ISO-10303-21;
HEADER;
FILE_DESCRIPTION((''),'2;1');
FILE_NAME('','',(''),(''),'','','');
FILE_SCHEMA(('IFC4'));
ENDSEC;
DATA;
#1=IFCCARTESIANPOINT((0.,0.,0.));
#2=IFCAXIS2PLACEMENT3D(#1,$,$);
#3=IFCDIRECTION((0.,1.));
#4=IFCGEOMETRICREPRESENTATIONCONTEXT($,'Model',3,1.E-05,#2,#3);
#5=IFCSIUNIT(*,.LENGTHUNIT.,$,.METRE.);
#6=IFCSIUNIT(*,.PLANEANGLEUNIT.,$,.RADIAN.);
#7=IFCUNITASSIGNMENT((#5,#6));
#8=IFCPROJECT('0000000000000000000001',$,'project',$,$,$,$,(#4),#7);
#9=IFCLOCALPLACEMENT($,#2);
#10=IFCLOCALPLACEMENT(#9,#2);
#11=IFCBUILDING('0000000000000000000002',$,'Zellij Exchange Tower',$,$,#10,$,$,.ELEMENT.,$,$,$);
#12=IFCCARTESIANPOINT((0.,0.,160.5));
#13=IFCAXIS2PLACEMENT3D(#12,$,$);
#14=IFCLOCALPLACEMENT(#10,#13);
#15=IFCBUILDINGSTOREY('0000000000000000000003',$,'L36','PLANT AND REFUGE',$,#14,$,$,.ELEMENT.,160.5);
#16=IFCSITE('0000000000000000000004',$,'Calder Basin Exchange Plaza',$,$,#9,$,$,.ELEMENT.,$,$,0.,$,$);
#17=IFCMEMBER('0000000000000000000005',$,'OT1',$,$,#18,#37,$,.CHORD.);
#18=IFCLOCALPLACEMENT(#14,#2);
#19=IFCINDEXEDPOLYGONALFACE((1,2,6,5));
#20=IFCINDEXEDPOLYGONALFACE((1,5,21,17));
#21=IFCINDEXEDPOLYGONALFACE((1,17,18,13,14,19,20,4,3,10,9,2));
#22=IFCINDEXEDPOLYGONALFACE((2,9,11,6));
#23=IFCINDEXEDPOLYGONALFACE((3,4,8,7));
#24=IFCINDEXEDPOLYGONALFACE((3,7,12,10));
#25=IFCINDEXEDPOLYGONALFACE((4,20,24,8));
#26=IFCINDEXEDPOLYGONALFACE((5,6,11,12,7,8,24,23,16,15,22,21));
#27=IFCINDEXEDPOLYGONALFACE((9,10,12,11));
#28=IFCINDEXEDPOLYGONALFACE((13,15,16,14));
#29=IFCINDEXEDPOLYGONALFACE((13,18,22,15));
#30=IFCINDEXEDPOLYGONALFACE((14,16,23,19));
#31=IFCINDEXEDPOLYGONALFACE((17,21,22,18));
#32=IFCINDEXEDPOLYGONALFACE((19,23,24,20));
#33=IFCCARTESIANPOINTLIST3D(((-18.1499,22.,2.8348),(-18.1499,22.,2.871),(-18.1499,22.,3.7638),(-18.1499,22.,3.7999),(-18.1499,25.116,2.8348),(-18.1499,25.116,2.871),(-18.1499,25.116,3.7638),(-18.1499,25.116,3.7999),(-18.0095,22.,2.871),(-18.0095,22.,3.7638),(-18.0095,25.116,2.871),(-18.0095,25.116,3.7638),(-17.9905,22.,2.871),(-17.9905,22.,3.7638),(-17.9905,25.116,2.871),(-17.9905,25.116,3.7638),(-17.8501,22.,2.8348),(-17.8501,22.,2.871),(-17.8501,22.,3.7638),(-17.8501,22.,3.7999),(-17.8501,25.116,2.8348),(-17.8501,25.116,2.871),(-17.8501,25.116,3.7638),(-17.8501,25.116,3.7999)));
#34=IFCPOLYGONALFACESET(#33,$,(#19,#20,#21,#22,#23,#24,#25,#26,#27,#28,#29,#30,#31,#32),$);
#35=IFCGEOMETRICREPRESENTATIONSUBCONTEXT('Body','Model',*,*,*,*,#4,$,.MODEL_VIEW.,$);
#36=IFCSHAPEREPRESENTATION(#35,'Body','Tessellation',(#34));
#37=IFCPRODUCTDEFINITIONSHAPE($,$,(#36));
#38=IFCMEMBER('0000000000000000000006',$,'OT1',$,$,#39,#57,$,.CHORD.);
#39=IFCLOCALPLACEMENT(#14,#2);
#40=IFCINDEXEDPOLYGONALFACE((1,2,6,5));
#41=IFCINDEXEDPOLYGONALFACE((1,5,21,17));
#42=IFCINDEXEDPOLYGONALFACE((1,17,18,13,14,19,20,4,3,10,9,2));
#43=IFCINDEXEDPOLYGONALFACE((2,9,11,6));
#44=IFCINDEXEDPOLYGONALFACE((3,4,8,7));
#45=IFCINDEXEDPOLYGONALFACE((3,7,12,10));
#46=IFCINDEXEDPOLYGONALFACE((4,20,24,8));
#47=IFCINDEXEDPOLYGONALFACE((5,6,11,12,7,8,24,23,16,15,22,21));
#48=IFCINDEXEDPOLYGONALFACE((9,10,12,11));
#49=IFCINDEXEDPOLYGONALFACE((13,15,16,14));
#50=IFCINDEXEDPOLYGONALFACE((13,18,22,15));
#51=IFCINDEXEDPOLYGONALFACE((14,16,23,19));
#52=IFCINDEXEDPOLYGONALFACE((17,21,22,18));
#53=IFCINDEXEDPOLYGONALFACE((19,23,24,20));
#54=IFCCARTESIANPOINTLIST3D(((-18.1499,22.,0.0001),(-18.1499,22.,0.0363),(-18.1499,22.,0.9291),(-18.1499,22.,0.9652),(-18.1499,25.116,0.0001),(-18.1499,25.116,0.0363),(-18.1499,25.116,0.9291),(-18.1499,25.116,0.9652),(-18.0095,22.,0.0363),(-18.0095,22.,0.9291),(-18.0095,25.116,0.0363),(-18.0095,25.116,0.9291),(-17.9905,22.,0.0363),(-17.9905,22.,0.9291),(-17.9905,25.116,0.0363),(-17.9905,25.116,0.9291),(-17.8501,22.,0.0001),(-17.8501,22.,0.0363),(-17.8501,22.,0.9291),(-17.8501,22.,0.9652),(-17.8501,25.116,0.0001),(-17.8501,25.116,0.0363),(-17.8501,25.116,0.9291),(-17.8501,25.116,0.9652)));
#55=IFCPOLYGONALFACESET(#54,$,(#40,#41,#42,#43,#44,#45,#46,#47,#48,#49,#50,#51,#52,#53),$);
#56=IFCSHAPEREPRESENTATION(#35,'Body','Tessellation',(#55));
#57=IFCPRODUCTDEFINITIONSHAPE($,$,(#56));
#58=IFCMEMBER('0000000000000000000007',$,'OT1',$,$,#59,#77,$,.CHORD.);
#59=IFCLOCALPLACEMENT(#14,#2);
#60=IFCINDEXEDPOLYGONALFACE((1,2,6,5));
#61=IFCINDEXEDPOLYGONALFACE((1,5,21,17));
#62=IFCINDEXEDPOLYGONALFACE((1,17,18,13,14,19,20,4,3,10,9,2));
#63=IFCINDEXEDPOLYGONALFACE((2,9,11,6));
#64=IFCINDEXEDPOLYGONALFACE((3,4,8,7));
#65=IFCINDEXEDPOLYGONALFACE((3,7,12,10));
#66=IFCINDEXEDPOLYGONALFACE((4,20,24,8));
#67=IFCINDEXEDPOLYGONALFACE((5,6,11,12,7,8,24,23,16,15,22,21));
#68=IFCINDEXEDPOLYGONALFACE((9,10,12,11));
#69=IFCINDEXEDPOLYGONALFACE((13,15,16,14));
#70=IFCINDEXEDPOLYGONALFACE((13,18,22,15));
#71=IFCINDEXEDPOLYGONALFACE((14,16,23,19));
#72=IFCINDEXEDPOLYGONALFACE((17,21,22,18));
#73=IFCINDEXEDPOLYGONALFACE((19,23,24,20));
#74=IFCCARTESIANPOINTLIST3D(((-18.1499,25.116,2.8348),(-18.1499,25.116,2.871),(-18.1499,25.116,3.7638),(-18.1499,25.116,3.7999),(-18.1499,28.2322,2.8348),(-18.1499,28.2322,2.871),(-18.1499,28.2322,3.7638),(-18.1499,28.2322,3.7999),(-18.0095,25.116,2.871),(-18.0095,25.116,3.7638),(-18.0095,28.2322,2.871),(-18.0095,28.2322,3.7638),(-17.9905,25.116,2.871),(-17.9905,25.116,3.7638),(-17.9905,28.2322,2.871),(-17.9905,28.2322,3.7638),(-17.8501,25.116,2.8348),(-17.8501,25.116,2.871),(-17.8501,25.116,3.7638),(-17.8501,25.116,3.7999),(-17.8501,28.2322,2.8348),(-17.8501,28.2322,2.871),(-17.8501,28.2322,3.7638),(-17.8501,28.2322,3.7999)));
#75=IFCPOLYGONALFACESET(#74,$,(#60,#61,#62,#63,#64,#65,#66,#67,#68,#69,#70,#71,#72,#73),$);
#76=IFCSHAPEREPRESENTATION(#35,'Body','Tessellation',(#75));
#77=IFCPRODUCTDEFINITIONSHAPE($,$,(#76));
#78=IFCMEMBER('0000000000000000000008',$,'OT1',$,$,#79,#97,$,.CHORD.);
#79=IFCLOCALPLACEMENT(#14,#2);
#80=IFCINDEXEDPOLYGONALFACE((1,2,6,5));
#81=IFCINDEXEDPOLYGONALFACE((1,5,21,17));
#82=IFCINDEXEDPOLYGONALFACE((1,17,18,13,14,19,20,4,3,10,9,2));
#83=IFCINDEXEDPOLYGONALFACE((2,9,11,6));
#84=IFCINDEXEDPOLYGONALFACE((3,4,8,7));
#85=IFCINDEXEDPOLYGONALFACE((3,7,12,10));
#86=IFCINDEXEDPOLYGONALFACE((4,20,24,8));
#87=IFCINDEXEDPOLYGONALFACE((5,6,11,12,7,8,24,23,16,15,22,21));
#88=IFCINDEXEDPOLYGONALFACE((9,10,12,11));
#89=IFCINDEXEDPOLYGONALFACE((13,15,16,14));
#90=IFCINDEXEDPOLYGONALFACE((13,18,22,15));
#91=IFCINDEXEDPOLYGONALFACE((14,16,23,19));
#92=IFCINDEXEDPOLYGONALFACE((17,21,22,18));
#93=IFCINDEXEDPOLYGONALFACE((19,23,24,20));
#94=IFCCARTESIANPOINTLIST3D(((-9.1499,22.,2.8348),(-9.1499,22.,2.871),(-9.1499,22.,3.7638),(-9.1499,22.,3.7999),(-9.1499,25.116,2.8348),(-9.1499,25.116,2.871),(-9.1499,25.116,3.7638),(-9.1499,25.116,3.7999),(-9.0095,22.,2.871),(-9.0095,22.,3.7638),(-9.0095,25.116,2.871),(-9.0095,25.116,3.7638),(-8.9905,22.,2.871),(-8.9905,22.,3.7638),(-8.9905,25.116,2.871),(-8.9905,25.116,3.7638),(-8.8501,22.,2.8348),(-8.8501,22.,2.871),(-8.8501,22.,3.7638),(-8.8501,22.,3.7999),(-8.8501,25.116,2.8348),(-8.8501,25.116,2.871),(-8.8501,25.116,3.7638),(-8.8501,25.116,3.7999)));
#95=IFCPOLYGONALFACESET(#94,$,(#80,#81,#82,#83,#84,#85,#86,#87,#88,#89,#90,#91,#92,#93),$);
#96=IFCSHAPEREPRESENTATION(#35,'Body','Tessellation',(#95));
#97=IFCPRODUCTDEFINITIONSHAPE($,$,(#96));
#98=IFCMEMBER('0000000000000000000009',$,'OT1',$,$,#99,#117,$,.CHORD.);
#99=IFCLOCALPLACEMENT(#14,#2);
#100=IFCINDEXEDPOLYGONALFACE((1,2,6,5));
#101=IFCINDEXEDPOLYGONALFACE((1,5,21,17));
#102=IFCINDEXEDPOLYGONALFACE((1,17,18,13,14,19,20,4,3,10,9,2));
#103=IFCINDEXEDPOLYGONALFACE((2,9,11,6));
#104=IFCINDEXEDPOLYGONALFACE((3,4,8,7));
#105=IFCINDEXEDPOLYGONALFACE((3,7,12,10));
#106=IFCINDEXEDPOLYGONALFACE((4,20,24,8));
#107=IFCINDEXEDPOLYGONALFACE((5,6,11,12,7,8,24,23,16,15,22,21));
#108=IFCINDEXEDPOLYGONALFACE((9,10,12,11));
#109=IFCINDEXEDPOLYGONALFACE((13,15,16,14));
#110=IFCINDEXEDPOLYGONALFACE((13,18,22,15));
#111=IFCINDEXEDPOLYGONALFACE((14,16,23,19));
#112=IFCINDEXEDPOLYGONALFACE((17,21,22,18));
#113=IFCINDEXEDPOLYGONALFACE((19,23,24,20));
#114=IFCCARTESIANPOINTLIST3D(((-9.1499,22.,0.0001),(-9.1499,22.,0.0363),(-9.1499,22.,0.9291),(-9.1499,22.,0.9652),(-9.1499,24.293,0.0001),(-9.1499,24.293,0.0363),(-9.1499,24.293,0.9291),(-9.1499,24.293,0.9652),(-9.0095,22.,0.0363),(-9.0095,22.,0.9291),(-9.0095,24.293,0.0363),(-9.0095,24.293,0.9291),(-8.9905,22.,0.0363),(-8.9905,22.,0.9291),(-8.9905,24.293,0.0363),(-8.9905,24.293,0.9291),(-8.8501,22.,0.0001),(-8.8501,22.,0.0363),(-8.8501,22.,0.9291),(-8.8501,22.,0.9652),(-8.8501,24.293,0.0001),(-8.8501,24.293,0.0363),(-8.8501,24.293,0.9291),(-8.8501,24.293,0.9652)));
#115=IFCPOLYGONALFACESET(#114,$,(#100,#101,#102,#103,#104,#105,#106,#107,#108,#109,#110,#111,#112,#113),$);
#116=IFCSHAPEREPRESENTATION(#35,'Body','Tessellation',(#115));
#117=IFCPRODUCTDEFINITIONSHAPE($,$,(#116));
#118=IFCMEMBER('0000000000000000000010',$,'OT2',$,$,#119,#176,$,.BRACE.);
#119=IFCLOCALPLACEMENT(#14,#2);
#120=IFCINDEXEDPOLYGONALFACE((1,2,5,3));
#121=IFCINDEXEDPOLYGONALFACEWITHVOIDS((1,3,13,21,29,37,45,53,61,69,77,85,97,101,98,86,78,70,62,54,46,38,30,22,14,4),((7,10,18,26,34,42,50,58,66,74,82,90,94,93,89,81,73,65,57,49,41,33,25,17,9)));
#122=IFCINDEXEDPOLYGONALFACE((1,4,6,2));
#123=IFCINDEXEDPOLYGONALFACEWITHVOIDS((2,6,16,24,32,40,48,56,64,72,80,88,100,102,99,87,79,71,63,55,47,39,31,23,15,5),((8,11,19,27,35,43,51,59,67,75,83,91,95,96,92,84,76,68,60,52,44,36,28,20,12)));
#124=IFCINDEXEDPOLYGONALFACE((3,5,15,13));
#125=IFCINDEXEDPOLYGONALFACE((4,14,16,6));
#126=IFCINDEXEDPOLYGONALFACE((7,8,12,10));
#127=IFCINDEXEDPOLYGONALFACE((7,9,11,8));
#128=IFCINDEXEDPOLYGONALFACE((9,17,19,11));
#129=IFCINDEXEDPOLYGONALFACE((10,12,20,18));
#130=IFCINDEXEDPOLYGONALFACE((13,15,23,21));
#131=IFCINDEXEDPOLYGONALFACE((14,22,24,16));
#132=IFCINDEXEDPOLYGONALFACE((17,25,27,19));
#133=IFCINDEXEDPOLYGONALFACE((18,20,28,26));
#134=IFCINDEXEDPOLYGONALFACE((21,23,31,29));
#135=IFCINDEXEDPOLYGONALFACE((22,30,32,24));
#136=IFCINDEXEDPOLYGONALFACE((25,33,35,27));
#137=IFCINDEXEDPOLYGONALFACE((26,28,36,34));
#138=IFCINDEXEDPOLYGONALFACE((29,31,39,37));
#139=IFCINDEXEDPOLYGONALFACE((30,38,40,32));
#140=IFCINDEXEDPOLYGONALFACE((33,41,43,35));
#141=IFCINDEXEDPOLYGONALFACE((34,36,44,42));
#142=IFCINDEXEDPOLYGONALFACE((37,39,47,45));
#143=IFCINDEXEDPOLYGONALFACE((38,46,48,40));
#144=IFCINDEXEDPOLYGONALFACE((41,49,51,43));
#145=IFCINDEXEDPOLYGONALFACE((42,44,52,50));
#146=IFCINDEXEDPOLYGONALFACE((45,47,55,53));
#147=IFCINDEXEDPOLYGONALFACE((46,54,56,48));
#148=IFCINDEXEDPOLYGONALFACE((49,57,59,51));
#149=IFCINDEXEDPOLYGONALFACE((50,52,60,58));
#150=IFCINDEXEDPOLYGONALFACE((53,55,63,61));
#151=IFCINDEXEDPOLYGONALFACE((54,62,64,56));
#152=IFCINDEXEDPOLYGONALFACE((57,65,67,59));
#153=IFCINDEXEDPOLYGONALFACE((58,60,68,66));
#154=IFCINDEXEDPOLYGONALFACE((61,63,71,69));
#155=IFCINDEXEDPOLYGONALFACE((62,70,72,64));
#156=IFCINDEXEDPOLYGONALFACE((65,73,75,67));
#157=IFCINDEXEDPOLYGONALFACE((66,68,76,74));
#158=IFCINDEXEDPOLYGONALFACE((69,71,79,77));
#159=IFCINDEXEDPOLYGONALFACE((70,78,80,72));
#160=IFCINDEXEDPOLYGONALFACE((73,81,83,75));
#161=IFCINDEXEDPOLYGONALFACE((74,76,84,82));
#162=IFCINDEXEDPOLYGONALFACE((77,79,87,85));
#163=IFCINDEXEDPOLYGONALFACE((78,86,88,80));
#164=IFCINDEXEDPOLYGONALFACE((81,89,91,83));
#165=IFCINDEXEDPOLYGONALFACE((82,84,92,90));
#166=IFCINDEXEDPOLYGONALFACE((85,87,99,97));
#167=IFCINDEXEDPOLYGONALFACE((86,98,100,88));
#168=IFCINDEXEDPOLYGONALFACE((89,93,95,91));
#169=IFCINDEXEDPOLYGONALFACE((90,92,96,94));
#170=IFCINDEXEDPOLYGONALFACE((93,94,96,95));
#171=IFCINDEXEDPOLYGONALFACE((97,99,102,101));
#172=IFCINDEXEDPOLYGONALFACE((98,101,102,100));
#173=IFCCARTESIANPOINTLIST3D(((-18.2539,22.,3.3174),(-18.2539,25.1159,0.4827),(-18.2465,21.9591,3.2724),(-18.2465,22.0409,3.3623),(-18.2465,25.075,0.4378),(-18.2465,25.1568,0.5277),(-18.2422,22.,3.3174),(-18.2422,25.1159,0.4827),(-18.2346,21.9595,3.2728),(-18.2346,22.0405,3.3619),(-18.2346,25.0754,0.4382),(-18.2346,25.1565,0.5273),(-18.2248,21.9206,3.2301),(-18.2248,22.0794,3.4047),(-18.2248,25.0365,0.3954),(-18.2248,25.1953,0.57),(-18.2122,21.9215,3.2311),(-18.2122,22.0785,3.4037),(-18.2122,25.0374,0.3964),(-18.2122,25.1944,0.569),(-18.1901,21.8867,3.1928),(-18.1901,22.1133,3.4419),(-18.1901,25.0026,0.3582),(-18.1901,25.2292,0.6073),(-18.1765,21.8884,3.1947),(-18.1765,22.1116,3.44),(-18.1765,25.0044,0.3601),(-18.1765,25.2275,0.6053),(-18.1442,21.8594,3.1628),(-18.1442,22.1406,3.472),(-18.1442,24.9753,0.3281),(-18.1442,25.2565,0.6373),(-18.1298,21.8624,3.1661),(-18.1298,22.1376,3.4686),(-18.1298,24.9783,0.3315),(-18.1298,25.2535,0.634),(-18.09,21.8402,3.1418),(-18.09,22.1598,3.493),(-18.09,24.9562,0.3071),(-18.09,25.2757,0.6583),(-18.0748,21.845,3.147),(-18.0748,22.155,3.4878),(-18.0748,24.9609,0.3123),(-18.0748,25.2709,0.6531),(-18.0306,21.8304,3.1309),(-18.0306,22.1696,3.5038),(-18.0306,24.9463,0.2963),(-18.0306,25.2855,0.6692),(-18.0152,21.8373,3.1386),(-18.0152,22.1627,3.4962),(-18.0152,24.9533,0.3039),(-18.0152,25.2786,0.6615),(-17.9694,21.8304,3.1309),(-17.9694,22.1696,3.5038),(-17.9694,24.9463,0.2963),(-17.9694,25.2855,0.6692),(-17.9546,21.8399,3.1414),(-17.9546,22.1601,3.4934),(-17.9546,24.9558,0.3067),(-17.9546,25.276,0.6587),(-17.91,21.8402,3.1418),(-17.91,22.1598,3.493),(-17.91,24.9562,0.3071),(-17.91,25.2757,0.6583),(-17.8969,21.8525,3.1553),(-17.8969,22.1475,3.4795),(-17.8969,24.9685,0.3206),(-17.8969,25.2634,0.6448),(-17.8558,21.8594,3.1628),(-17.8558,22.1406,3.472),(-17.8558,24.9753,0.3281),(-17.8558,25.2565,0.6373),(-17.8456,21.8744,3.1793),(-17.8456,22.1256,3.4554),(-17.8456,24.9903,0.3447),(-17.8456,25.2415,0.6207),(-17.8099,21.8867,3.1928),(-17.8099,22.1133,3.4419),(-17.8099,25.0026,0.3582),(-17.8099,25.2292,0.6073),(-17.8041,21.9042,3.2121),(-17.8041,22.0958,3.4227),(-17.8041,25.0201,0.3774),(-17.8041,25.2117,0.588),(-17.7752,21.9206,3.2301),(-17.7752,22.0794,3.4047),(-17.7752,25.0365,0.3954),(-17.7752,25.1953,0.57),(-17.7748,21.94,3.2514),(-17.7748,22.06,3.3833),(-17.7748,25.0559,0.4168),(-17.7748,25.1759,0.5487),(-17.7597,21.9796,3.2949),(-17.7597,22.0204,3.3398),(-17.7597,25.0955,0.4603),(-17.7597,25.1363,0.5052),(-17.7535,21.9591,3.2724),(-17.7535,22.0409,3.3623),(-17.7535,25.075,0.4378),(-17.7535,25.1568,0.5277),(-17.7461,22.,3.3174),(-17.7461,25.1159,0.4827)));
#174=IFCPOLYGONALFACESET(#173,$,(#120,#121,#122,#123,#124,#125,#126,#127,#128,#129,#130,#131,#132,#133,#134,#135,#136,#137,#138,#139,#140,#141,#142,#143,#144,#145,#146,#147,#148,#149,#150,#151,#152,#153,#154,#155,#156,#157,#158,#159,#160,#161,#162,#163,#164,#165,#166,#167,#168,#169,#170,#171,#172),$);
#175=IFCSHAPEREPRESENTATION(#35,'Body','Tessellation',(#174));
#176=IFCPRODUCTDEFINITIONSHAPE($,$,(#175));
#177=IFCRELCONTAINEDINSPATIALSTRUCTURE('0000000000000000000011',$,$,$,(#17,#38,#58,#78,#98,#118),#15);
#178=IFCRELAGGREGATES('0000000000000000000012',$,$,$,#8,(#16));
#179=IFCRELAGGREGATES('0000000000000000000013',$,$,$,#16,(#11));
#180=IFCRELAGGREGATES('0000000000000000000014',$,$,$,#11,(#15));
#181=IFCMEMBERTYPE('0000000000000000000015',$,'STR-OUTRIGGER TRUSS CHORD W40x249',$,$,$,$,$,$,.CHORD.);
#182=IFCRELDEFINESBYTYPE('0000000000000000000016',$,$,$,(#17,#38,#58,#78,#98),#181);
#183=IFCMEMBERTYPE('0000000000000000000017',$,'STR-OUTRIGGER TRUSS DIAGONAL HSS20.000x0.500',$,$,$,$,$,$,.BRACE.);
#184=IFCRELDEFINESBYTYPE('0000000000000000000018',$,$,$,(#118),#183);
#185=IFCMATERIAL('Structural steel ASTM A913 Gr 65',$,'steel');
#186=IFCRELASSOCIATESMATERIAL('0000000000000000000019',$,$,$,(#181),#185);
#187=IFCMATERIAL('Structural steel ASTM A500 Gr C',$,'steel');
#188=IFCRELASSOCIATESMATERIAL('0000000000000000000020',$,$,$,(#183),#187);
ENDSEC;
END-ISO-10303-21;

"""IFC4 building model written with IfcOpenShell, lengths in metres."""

from ifc_helpers import new_model, si_unit, direction, frame, origin, origin_2d, place, context, subcontext, project, spatial, hollow_circle, i_section, extrude, material, material_profile, profile_set, type_object, element, save


model = new_model("IFC4")

# Units and contexts
model_context = context("Model", 3, precision=1e-05, world=origin(), true_north=direction((0.0, 1.0)))
body_context = subcontext(model_context, "Body", "Model", "MODEL_VIEW")
ifc_project = project(units=[si_unit("LENGTHUNIT", "METRE"), si_unit("PLANEANGLEUNIT", "RADIAN")], contexts=[model_context])

# Site, building, storey
site_placement = place(None, origin())
site = spatial("IfcSite", under=ifc_project, at=site_placement, Name="Calder Basin Exchange Plaza", CompositionType="ELEMENT", RefElevation=0.0)
building_placement = place(site_placement, origin())
building = spatial("IfcBuilding", under=site, at=building_placement, Name="Zellij Exchange Tower", CompositionType="ELEMENT")
storey_placement = place(building_placement, frame((0.0, 0.0, 160.5)))
storey = spatial("IfcBuildingStorey", under=building, at=storey_placement, Name="L36", Description="PLANT AND REFUGE", CompositionType="ELEMENT", Elevation=160.5)

# Shared definitions
ifc_material_1 = material(Name="Structural steel ASTM A500 Gr C", Category="steel")

# Members
ifc_material_2 = material(Name="Structural steel ASTM A913 Gr 65", Category="steel")
ifc_material_profile_1 = material_profile(ifc_material_2, i_section(OverallWidth=0.2998, OverallDepth=0.9651, WebThickness=0.019, FlangeThickness=0.0361, at=origin_2d()), Name="W40x249")
ifc_profile_set_1 = profile_set([ifc_material_profile_1], Name="Structural steel ASTM A913 Gr 65")
member_type_1 = type_object("IfcMemberType", Name="STR-OUTRIGGER TRUSS CHORD W40x249", PredefinedType="CHORD", material=ifc_profile_set_1)
for number, where, z_axis, x_axis, name in (
    (1, (-18.0, 22.0, 3.3174), (0.0, 1.0, 0.0), (-1.0, 0.0, 0.0), "OT1"),
    (2, (-18.0, 22.0, 0.4827), (0.0, 1.0, 0.0), (-1.0, 0.0, 0.0), "OT1"),
):
    element("IfcMember", number, at=place(storey_placement, frame(where, z_axis=z_axis, x_axis=x_axis)), inside=storey, type_object=member_type_1, Name=name, PredefinedType="CHORD", context=body_context, shape_type="SweptSolid", body=[
        extrude(i_section(OverallWidth=0.2998, OverallDepth=0.9651, WebThickness=0.019, FlangeThickness=0.0361, at=origin_2d()), origin(), (0.0, 0.0, 1.0), 3.116),
    ])
member_1_placement = place(storey_placement, frame((-18.0, 25.116, 3.3174), z_axis=(0.0, 1.0, 0.0), x_axis=(-1.0, 0.0, 0.0)))
element("IfcMember", 3, at=member_1_placement, inside=storey, type_object=member_type_1, Name="OT1", PredefinedType="CHORD", context=body_context, shape_type="SweptSolid", body=[
    extrude(i_section(OverallWidth=0.2998, OverallDepth=0.9651, WebThickness=0.019, FlangeThickness=0.0361, at=origin_2d()), origin(), (0.0, 0.0, 1.0), 3.1162),
])
member_2_placement = place(storey_placement, frame((-9.0, 22.0, 3.3174), z_axis=(0.0, 1.0, 0.0), x_axis=(-1.0, 0.0, 0.0)))
element("IfcMember", 4, at=member_2_placement, inside=storey, type_object=member_type_1, Name="OT1", PredefinedType="CHORD", context=body_context, shape_type="SweptSolid", body=[
    extrude(i_section(OverallWidth=0.2998, OverallDepth=0.9651, WebThickness=0.019, FlangeThickness=0.0361, at=origin_2d()), origin(), (0.0, 0.0, 1.0), 3.116),
])
member_3_placement = place(storey_placement, frame((-9.0, 22.0, 0.4827), z_axis=(0.0, 1.0, 0.0), x_axis=(-1.0, 0.0, 0.0)))
element("IfcMember", 5, at=member_3_placement, inside=storey, type_object=member_type_1, Name="OT1", PredefinedType="CHORD", context=body_context, shape_type="SweptSolid", body=[
    extrude(i_section(OverallWidth=0.2998, OverallDepth=0.9651, WebThickness=0.019, FlangeThickness=0.0361, at=origin_2d()), origin(), (0.0, 0.0, 1.0), 2.293),
])
ifc_material_profile_2 = material_profile(ifc_material_1, hollow_circle(Radius=0.2539, WallThickness=0.0117, at=origin_2d()), Name="STR-OUTRIGGER TRUSS DIAGONAL HSS20.000x0.500")
ifc_profile_set_2 = profile_set([ifc_material_profile_2], Name="Structural steel ASTM A500 Gr C")
member_type_2 = type_object("IfcMemberType", Name="STR-OUTRIGGER TRUSS DIAGONAL HSS20.000x0.500", PredefinedType="BRACE", material=ifc_profile_set_2)
for number, where, z_axis, x_axis, name in (
    (6, (-18.0, 22.0, 3.3174), (0.0, 0.739701, -0.672935), (-1.0, 0.0, 0.0), "OT2"),
):
    element("IfcMember", number, at=place(storey_placement, frame(where, z_axis=z_axis, x_axis=x_axis)), inside=storey, type_object=member_type_2, Name=name, PredefinedType="BRACE", context=body_context, shape_type="SweptSolid", body=[
        extrude(hollow_circle(Radius=0.2539, WallThickness=0.0117, at=origin_2d()), origin(), (0.0, 0.0, 1.0), 4.2124),
    ])

save(model, "model.ifc")
